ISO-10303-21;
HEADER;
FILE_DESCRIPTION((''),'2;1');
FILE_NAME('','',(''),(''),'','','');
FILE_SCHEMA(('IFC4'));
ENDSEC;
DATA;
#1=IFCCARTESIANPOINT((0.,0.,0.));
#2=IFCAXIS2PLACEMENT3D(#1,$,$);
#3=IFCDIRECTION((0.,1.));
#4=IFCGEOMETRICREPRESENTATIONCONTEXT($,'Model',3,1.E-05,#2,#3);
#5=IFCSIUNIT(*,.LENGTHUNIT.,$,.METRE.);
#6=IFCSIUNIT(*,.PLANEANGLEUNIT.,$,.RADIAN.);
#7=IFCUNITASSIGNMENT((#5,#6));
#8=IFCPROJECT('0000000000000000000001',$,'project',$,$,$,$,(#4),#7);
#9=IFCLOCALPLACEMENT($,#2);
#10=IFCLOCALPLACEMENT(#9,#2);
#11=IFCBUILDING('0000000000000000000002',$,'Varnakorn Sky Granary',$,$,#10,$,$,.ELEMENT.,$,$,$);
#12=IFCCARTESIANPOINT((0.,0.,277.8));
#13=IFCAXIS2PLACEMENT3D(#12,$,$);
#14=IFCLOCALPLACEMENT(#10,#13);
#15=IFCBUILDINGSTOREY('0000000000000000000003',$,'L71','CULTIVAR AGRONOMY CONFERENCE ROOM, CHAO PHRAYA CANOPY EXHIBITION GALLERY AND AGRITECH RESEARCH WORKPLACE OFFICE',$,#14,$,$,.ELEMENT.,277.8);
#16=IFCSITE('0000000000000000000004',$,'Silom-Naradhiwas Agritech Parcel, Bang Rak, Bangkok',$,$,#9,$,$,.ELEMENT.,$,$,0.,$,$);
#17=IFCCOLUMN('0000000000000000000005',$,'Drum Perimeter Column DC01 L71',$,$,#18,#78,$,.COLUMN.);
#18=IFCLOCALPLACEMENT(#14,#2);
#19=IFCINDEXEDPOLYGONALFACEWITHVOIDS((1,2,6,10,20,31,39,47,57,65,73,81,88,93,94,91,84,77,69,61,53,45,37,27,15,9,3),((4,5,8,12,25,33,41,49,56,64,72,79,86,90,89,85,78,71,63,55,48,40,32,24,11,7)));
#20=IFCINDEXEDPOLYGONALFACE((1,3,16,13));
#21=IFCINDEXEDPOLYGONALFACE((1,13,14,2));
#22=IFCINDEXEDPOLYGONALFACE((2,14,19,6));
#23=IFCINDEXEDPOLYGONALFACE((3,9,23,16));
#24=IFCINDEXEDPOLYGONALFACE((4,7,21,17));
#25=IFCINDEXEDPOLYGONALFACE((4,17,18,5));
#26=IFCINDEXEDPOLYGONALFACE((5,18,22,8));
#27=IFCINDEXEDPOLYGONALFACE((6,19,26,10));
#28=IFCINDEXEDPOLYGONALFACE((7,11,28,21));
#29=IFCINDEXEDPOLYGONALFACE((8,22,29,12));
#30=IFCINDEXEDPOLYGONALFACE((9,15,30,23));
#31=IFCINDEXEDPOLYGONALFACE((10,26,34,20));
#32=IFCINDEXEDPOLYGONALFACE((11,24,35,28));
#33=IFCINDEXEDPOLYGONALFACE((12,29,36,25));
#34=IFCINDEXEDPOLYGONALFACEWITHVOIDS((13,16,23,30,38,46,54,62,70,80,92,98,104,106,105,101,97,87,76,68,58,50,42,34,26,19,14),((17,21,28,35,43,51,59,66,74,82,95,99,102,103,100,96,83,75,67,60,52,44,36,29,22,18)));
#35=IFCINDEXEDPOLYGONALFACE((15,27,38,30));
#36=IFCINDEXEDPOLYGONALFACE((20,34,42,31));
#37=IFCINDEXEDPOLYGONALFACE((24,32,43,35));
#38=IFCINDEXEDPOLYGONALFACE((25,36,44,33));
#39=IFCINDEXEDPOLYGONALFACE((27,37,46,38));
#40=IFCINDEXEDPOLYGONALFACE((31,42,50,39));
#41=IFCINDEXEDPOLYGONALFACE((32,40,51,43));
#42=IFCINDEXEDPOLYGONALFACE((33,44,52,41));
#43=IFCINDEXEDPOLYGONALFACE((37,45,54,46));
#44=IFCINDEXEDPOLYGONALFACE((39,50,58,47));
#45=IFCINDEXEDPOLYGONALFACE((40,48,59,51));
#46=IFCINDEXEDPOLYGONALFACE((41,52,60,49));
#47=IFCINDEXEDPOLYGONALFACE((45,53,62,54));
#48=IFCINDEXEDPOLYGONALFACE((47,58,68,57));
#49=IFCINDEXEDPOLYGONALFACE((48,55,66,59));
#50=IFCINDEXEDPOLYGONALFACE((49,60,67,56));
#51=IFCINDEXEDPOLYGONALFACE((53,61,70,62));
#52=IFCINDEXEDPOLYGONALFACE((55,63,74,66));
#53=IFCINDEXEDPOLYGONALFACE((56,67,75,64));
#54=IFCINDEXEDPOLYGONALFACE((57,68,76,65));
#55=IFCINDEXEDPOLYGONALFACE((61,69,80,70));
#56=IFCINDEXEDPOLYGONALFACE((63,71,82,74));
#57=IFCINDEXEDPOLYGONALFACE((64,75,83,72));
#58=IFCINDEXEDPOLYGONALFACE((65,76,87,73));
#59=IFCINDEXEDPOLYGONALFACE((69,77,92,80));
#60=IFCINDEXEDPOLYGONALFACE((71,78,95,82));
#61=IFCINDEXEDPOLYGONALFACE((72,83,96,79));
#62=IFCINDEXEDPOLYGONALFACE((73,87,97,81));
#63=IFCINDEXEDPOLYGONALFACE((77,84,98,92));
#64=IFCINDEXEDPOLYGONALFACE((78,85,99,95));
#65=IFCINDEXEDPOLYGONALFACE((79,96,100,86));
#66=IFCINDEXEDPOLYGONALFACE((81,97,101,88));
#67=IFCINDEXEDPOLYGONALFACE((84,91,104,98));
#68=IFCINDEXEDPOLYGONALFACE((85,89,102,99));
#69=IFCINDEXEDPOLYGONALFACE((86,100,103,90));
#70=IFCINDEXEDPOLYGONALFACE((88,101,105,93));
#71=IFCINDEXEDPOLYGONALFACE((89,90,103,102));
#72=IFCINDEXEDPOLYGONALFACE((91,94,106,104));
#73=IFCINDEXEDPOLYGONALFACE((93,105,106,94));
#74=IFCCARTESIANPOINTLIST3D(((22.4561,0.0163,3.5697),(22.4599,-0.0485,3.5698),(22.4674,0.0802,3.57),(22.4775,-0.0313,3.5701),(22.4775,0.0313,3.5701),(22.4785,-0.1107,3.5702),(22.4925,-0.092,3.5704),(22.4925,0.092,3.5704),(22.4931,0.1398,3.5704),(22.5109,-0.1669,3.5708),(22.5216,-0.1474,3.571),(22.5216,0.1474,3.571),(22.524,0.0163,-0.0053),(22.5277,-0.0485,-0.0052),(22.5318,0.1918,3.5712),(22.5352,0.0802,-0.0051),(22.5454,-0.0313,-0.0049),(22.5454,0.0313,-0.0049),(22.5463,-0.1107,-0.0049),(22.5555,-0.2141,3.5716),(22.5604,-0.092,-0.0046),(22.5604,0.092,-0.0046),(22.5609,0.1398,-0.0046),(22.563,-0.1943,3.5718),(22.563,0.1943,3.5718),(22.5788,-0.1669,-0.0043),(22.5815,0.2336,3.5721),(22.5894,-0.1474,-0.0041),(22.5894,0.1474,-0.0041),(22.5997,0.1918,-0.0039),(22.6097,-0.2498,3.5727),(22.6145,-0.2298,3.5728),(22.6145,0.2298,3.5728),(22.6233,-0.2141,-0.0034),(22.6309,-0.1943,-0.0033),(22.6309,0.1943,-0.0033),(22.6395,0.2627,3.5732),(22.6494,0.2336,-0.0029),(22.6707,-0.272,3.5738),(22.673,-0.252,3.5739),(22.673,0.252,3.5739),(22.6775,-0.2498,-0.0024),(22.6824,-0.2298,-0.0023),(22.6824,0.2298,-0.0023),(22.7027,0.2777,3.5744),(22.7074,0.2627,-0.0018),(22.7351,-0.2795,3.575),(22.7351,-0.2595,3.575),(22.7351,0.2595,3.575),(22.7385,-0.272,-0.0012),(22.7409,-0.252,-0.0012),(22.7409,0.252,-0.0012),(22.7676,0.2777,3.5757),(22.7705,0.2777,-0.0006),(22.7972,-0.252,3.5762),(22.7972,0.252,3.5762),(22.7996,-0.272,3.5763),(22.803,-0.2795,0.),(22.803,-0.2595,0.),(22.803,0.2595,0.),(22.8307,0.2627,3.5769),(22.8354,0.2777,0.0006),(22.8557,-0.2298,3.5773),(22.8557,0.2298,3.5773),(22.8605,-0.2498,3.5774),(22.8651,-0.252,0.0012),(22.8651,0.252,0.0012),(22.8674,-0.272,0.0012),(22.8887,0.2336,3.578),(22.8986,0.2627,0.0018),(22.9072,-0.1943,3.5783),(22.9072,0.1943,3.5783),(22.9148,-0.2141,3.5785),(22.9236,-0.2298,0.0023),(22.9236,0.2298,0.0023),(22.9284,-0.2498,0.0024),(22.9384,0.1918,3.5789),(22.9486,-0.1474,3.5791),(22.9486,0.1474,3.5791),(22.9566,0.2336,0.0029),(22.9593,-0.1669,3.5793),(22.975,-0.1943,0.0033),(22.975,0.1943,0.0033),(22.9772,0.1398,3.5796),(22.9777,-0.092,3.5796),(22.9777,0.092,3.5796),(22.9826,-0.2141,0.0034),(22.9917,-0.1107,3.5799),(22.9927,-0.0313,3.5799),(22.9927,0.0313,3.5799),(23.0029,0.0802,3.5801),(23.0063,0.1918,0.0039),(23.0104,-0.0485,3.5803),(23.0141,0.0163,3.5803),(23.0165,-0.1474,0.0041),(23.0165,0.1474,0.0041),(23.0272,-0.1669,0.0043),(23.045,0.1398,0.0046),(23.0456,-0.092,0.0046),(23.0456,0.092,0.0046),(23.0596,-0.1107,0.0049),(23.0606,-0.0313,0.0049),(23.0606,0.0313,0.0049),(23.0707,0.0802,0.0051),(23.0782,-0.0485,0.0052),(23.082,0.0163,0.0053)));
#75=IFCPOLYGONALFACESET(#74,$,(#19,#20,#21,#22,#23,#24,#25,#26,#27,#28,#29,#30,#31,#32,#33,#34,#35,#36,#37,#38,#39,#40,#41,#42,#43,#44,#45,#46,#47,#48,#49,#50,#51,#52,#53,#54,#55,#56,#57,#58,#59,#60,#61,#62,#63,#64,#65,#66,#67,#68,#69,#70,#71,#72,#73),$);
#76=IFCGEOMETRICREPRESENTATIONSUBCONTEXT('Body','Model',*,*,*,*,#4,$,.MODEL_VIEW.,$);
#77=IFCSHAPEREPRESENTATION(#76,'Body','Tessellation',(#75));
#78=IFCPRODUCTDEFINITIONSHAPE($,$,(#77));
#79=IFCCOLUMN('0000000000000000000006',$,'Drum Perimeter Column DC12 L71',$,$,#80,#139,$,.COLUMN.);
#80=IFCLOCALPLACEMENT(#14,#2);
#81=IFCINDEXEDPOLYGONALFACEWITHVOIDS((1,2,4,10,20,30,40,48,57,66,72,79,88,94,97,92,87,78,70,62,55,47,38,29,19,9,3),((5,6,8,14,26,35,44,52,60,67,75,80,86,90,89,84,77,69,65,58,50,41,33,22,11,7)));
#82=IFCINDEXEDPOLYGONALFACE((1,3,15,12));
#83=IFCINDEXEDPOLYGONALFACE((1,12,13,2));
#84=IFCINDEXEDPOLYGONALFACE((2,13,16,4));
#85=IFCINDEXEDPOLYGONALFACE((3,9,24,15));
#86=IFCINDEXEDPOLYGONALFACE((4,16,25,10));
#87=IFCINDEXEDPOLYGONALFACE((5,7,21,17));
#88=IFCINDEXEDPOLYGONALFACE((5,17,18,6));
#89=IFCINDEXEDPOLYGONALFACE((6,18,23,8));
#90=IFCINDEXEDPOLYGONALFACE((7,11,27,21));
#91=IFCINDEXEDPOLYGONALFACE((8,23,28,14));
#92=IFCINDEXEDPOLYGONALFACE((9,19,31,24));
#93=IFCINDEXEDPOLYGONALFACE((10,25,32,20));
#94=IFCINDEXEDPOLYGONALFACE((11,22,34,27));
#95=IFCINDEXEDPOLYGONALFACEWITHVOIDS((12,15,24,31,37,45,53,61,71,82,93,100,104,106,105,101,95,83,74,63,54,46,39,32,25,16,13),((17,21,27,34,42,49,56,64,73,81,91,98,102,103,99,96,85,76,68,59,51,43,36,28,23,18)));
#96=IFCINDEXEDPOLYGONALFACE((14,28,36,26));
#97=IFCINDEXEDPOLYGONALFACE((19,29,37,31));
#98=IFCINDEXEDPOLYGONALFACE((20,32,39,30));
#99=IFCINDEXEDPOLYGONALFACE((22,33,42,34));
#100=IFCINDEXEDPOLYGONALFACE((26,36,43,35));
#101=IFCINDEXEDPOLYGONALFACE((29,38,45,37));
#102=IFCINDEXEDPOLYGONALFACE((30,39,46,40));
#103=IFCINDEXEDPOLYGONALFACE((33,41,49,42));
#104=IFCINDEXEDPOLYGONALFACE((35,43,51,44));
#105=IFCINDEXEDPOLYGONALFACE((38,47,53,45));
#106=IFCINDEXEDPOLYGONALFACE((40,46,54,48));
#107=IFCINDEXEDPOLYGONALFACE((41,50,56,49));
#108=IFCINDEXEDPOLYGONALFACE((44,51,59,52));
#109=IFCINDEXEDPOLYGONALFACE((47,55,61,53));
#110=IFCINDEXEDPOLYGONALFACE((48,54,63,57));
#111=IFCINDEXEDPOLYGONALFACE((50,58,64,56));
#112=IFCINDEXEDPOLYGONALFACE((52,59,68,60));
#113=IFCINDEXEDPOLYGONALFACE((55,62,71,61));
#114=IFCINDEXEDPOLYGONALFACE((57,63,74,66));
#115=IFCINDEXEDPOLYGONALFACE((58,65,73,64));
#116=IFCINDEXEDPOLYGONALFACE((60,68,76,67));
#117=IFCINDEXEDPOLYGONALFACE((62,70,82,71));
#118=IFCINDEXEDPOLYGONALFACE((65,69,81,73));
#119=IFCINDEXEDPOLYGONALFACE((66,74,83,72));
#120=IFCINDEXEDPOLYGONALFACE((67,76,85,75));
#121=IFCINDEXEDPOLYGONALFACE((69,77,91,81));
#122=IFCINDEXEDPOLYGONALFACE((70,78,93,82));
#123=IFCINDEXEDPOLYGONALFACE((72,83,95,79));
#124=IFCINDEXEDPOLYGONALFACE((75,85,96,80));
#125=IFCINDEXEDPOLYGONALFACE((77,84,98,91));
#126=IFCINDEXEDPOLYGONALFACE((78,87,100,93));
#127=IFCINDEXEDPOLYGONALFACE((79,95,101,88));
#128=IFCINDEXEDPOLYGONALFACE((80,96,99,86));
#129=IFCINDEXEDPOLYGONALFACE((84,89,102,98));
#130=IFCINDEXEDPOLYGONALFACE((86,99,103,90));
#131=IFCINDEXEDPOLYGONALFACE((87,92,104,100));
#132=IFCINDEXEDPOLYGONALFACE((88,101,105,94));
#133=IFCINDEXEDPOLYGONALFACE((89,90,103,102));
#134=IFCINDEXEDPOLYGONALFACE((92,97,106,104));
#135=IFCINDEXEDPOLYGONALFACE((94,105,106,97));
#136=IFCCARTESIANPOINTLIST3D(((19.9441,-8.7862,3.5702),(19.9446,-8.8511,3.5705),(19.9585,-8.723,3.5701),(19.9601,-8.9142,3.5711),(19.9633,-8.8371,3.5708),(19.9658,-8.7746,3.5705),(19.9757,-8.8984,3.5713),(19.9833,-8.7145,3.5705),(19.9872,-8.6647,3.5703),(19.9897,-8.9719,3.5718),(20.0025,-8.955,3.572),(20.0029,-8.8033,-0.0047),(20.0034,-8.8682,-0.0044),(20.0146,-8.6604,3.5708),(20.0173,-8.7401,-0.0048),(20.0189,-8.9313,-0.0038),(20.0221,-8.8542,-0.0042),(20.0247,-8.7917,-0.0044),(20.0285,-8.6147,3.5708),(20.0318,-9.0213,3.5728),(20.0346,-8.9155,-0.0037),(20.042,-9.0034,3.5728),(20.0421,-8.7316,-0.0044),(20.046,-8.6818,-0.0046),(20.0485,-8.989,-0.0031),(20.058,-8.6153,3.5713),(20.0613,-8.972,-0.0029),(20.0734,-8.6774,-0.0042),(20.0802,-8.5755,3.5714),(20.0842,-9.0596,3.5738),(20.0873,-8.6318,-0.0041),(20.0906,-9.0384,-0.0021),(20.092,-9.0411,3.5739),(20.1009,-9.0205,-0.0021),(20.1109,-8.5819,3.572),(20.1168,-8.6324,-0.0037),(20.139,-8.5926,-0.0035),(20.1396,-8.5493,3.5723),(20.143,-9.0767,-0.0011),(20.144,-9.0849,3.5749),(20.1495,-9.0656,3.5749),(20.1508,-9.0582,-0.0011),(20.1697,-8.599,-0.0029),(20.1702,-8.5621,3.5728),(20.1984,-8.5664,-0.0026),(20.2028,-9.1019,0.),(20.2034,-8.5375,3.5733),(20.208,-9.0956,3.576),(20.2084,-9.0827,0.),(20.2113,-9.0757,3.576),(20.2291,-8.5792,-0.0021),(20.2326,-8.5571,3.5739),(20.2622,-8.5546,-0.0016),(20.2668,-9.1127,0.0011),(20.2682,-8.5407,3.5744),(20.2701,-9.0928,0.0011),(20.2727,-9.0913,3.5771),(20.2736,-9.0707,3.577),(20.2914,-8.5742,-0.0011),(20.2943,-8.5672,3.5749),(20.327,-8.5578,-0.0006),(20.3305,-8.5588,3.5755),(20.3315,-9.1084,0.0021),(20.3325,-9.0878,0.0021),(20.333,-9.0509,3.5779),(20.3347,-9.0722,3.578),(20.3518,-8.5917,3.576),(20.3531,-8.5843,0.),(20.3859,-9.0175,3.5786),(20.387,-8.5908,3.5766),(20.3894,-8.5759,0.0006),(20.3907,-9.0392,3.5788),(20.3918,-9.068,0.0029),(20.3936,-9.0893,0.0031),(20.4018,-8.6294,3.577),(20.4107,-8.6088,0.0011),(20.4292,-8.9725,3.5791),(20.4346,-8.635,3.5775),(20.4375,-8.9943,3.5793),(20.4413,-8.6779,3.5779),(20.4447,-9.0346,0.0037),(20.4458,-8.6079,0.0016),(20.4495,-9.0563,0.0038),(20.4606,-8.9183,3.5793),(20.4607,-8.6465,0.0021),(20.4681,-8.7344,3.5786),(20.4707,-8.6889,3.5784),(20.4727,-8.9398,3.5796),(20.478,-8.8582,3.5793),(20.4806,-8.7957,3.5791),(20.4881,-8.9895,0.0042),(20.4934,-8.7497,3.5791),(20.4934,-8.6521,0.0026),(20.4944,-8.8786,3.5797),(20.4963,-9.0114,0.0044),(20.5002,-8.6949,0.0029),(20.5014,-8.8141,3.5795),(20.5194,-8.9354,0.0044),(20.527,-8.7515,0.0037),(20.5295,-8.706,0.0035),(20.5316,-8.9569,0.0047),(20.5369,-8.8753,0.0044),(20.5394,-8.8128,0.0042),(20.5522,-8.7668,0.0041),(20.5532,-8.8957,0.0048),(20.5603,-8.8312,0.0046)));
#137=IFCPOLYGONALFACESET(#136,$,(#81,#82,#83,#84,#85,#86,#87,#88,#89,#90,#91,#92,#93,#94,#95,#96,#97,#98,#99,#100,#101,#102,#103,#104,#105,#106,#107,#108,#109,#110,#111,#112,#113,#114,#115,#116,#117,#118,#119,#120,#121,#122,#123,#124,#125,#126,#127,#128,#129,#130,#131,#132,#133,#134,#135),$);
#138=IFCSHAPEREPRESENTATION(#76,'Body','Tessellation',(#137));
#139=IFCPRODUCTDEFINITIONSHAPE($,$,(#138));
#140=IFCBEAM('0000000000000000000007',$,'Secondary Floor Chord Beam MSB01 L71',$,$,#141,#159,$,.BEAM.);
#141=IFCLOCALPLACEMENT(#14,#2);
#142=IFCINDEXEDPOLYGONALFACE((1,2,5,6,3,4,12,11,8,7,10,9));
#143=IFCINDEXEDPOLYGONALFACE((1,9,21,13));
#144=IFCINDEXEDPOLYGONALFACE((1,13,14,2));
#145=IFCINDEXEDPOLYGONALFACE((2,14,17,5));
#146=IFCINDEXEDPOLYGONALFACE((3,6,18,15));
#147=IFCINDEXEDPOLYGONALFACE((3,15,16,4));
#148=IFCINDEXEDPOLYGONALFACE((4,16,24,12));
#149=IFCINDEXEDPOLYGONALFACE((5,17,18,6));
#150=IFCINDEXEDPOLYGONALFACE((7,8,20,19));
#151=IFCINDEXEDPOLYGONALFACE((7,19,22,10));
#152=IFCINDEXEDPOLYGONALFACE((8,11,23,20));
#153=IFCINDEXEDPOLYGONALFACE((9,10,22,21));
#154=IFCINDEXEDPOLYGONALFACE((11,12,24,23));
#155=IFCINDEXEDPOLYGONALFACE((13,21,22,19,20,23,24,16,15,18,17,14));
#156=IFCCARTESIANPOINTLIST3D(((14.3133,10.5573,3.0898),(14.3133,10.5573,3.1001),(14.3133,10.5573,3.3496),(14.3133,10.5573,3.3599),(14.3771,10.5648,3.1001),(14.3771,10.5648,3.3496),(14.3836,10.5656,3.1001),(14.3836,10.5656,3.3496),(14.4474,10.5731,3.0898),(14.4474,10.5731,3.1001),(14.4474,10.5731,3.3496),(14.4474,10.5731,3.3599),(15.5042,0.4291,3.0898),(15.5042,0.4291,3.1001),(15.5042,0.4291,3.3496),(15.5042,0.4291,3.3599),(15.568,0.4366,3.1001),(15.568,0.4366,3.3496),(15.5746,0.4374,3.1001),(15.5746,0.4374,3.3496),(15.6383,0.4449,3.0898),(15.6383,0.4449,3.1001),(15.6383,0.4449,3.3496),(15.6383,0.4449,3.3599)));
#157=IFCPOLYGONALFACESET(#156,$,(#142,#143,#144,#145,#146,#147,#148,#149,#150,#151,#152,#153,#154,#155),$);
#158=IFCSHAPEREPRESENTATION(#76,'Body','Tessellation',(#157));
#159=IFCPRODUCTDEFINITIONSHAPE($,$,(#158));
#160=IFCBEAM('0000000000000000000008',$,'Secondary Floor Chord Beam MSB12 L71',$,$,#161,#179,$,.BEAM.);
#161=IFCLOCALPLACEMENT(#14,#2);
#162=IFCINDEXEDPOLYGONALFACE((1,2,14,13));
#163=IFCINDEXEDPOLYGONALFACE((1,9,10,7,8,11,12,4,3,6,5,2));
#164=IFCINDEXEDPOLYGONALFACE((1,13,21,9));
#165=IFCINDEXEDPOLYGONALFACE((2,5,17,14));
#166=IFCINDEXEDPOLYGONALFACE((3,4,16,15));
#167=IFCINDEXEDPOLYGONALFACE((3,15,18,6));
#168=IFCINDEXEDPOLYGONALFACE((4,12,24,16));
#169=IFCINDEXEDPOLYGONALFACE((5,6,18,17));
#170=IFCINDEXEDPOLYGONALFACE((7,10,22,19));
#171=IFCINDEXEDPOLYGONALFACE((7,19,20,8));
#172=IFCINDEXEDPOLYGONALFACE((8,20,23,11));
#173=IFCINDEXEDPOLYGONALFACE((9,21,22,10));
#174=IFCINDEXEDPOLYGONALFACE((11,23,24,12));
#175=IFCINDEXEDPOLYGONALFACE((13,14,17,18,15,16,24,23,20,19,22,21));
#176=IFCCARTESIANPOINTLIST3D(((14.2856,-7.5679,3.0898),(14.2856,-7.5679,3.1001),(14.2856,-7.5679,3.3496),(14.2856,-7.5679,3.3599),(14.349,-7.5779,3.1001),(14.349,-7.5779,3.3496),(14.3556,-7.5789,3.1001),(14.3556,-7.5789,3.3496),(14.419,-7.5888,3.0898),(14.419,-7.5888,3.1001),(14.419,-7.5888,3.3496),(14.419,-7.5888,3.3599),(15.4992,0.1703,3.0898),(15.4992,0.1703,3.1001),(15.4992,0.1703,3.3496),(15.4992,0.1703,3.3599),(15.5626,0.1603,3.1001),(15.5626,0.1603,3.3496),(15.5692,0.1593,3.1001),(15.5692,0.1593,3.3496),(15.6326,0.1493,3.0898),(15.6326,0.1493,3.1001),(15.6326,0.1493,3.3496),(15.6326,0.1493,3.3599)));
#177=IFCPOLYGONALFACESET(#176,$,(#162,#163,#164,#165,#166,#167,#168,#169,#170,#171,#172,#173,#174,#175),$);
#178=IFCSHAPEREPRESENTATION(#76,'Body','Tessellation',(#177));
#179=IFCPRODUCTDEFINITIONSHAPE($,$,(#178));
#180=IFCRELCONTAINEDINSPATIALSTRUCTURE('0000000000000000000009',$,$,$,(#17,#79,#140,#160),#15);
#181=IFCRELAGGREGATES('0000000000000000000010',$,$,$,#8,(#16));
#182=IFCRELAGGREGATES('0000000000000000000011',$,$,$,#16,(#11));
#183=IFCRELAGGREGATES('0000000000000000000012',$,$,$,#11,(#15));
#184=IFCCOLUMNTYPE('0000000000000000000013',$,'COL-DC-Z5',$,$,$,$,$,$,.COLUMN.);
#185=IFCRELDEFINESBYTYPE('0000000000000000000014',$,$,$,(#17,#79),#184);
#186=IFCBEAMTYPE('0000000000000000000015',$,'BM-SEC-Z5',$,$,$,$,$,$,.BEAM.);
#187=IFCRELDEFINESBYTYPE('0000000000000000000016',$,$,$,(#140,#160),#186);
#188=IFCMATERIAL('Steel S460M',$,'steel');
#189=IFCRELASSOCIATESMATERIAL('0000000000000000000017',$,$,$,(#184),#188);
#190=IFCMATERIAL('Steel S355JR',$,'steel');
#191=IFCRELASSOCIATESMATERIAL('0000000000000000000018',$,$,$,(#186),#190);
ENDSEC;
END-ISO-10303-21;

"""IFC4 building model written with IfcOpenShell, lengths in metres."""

from ifc_helpers import new_model, si_unit, direction, frame, origin, origin_2d, place, context, subcontext, project, spatial, hollow_circle, i_section, extrude, material, material_profile, profile_set, type_object, element, save


model = new_model("IFC4")

# Units and contexts
model_context = context("Model", 3, precision=1e-05, world=origin(), true_north=direction((0.0, 1.0)))
body_context = subcontext(model_context, "Body", "Model", "MODEL_VIEW")
ifc_project = project(units=[si_unit("LENGTHUNIT", "METRE"), si_unit("PLANEANGLEUNIT", "RADIAN")], contexts=[model_context])

# Site, building, storey
site_placement = place(None, origin())
site = spatial("IfcSite", under=ifc_project, at=site_placement, Name="Silom-Naradhiwas Agritech Parcel, Bang Rak, Bangkok", CompositionType="ELEMENT", RefElevation=0.0)
building_placement = place(site_placement, origin())
building = spatial("IfcBuilding", under=site, at=building_placement, Name="Varnakorn Sky Granary", CompositionType="ELEMENT")
storey_placement = place(building_placement, frame((0.0, 0.0, 277.8)))
storey = spatial("IfcBuildingStorey", under=building, at=storey_placement, Name="L71", Description="CULTIVAR AGRONOMY CONFERENCE ROOM, CHAO PHRAYA CANOPY EXHIBITION GALLERY AND AGRITECH RESEARCH WORKPLACE OFFICE", CompositionType="ELEMENT", Elevation=277.8)

# Columns
ifc_material_1 = material(Name="Steel S460M", Category="steel")
ifc_material_profile_1 = material_profile(ifc_material_1, hollow_circle(Radius=0.2795, WallThickness=0.02, at=origin_2d()), Name="CHS 559x20")
ifc_profile_set_1 = profile_set([ifc_material_profile_1], Name="Steel S460M")
column_type = type_object("IfcColumnType", Name="COL-DC-Z5", PredefinedType="COLUMN", material=ifc_profile_set_1)
column_1_placement = place(storey_placement, frame((22.803, 0.0, 0.0), z_axis=(-0.018982, 0.0, 0.99982), x_axis=(0.0, -1.0, 0.0)))
element("IfcColumn", 1, at=column_1_placement, inside=storey, type_object=column_type, Name="Drum Perimeter Column DC01 L71", PredefinedType="COLUMN", context=body_context, shape_type="SweptSolid", body=[
    extrude(hollow_circle(Radius=0.2795, WallThickness=0.02, at=origin_2d()), origin(), (0.0, 0.0, 1.0), 3.5757),
])
column_2_placement = place(storey_placement, frame((20.2808, -8.8335, 0.0), z_axis=(-0.016456, 0.00478, 0.999853), x_axis=(-0.278929, -0.960312, 0.0)))
element("IfcColumn", 2, at=column_2_placement, inside=storey, type_object=column_type, Name="Drum Perimeter Column DC12 L71", PredefinedType="COLUMN", context=body_context, shape_type="SweptSolid", body=[
    extrude(hollow_circle(Radius=0.2795, WallThickness=0.02, at=origin_2d()), origin(), (0.0, 0.0, 1.0), 3.5754),
])

# Beams
ifc_material_2 = material(Name="Steel S355JR", Category="steel")
ifc_material_profile_2 = material_profile(ifc_material_2, i_section(OverallWidth=0.135, OverallDepth=0.27, WebThickness=0.0066, FlangeThickness=0.0103, at=origin_2d()), Name="IPE 270")
ifc_profile_set_2 = profile_set([ifc_material_profile_2], Name="Steel S355JR")
beam_type_1 = type_object("IfcBeamType", Name="BM-SEC-Z5", PredefinedType="BEAM", material=ifc_profile_set_2)
beam_1_placement = place(storey_placement, frame((15.5713, 0.437, 3.2249), z_axis=(-0.11678, 0.993158, 0.0), x_axis=(-0.993158, -0.11678, 0.0)))
element("IfcBeam", 3, at=beam_1_placement, inside=storey, type_object=beam_type_1, Name="Secondary Floor Chord Beam MSB01 L71", PredefinedType="BEAM", context=body_context, shape_type="SweptSolid", body=[
    extrude(i_section(OverallWidth=0.135, OverallDepth=0.27, WebThickness=0.0066, FlangeThickness=0.0103, at=origin_2d()), origin(), (0.0, 0.0, 1.0), 10.198),
])
beam_2_placement = place(storey_placement, frame((14.3523, -7.5784, 3.2249), z_axis=(0.15494, 0.987924, 0.0), x_axis=(-0.987924, 0.15494, 0.0)))
element("IfcBeam", 4, at=beam_2_placement, inside=storey, type_object=beam_type_1, Name="Secondary Floor Chord Beam MSB12 L71", PredefinedType="BEAM", context=body_context, shape_type="SweptSolid", body=[
    extrude(i_section(OverallWidth=0.135, OverallDepth=0.27, WebThickness=0.0066, FlangeThickness=0.0103, at=origin_2d()), origin(), (0.0, 0.0, 1.0), 7.8328),
])

save(model, "model.ifc")
